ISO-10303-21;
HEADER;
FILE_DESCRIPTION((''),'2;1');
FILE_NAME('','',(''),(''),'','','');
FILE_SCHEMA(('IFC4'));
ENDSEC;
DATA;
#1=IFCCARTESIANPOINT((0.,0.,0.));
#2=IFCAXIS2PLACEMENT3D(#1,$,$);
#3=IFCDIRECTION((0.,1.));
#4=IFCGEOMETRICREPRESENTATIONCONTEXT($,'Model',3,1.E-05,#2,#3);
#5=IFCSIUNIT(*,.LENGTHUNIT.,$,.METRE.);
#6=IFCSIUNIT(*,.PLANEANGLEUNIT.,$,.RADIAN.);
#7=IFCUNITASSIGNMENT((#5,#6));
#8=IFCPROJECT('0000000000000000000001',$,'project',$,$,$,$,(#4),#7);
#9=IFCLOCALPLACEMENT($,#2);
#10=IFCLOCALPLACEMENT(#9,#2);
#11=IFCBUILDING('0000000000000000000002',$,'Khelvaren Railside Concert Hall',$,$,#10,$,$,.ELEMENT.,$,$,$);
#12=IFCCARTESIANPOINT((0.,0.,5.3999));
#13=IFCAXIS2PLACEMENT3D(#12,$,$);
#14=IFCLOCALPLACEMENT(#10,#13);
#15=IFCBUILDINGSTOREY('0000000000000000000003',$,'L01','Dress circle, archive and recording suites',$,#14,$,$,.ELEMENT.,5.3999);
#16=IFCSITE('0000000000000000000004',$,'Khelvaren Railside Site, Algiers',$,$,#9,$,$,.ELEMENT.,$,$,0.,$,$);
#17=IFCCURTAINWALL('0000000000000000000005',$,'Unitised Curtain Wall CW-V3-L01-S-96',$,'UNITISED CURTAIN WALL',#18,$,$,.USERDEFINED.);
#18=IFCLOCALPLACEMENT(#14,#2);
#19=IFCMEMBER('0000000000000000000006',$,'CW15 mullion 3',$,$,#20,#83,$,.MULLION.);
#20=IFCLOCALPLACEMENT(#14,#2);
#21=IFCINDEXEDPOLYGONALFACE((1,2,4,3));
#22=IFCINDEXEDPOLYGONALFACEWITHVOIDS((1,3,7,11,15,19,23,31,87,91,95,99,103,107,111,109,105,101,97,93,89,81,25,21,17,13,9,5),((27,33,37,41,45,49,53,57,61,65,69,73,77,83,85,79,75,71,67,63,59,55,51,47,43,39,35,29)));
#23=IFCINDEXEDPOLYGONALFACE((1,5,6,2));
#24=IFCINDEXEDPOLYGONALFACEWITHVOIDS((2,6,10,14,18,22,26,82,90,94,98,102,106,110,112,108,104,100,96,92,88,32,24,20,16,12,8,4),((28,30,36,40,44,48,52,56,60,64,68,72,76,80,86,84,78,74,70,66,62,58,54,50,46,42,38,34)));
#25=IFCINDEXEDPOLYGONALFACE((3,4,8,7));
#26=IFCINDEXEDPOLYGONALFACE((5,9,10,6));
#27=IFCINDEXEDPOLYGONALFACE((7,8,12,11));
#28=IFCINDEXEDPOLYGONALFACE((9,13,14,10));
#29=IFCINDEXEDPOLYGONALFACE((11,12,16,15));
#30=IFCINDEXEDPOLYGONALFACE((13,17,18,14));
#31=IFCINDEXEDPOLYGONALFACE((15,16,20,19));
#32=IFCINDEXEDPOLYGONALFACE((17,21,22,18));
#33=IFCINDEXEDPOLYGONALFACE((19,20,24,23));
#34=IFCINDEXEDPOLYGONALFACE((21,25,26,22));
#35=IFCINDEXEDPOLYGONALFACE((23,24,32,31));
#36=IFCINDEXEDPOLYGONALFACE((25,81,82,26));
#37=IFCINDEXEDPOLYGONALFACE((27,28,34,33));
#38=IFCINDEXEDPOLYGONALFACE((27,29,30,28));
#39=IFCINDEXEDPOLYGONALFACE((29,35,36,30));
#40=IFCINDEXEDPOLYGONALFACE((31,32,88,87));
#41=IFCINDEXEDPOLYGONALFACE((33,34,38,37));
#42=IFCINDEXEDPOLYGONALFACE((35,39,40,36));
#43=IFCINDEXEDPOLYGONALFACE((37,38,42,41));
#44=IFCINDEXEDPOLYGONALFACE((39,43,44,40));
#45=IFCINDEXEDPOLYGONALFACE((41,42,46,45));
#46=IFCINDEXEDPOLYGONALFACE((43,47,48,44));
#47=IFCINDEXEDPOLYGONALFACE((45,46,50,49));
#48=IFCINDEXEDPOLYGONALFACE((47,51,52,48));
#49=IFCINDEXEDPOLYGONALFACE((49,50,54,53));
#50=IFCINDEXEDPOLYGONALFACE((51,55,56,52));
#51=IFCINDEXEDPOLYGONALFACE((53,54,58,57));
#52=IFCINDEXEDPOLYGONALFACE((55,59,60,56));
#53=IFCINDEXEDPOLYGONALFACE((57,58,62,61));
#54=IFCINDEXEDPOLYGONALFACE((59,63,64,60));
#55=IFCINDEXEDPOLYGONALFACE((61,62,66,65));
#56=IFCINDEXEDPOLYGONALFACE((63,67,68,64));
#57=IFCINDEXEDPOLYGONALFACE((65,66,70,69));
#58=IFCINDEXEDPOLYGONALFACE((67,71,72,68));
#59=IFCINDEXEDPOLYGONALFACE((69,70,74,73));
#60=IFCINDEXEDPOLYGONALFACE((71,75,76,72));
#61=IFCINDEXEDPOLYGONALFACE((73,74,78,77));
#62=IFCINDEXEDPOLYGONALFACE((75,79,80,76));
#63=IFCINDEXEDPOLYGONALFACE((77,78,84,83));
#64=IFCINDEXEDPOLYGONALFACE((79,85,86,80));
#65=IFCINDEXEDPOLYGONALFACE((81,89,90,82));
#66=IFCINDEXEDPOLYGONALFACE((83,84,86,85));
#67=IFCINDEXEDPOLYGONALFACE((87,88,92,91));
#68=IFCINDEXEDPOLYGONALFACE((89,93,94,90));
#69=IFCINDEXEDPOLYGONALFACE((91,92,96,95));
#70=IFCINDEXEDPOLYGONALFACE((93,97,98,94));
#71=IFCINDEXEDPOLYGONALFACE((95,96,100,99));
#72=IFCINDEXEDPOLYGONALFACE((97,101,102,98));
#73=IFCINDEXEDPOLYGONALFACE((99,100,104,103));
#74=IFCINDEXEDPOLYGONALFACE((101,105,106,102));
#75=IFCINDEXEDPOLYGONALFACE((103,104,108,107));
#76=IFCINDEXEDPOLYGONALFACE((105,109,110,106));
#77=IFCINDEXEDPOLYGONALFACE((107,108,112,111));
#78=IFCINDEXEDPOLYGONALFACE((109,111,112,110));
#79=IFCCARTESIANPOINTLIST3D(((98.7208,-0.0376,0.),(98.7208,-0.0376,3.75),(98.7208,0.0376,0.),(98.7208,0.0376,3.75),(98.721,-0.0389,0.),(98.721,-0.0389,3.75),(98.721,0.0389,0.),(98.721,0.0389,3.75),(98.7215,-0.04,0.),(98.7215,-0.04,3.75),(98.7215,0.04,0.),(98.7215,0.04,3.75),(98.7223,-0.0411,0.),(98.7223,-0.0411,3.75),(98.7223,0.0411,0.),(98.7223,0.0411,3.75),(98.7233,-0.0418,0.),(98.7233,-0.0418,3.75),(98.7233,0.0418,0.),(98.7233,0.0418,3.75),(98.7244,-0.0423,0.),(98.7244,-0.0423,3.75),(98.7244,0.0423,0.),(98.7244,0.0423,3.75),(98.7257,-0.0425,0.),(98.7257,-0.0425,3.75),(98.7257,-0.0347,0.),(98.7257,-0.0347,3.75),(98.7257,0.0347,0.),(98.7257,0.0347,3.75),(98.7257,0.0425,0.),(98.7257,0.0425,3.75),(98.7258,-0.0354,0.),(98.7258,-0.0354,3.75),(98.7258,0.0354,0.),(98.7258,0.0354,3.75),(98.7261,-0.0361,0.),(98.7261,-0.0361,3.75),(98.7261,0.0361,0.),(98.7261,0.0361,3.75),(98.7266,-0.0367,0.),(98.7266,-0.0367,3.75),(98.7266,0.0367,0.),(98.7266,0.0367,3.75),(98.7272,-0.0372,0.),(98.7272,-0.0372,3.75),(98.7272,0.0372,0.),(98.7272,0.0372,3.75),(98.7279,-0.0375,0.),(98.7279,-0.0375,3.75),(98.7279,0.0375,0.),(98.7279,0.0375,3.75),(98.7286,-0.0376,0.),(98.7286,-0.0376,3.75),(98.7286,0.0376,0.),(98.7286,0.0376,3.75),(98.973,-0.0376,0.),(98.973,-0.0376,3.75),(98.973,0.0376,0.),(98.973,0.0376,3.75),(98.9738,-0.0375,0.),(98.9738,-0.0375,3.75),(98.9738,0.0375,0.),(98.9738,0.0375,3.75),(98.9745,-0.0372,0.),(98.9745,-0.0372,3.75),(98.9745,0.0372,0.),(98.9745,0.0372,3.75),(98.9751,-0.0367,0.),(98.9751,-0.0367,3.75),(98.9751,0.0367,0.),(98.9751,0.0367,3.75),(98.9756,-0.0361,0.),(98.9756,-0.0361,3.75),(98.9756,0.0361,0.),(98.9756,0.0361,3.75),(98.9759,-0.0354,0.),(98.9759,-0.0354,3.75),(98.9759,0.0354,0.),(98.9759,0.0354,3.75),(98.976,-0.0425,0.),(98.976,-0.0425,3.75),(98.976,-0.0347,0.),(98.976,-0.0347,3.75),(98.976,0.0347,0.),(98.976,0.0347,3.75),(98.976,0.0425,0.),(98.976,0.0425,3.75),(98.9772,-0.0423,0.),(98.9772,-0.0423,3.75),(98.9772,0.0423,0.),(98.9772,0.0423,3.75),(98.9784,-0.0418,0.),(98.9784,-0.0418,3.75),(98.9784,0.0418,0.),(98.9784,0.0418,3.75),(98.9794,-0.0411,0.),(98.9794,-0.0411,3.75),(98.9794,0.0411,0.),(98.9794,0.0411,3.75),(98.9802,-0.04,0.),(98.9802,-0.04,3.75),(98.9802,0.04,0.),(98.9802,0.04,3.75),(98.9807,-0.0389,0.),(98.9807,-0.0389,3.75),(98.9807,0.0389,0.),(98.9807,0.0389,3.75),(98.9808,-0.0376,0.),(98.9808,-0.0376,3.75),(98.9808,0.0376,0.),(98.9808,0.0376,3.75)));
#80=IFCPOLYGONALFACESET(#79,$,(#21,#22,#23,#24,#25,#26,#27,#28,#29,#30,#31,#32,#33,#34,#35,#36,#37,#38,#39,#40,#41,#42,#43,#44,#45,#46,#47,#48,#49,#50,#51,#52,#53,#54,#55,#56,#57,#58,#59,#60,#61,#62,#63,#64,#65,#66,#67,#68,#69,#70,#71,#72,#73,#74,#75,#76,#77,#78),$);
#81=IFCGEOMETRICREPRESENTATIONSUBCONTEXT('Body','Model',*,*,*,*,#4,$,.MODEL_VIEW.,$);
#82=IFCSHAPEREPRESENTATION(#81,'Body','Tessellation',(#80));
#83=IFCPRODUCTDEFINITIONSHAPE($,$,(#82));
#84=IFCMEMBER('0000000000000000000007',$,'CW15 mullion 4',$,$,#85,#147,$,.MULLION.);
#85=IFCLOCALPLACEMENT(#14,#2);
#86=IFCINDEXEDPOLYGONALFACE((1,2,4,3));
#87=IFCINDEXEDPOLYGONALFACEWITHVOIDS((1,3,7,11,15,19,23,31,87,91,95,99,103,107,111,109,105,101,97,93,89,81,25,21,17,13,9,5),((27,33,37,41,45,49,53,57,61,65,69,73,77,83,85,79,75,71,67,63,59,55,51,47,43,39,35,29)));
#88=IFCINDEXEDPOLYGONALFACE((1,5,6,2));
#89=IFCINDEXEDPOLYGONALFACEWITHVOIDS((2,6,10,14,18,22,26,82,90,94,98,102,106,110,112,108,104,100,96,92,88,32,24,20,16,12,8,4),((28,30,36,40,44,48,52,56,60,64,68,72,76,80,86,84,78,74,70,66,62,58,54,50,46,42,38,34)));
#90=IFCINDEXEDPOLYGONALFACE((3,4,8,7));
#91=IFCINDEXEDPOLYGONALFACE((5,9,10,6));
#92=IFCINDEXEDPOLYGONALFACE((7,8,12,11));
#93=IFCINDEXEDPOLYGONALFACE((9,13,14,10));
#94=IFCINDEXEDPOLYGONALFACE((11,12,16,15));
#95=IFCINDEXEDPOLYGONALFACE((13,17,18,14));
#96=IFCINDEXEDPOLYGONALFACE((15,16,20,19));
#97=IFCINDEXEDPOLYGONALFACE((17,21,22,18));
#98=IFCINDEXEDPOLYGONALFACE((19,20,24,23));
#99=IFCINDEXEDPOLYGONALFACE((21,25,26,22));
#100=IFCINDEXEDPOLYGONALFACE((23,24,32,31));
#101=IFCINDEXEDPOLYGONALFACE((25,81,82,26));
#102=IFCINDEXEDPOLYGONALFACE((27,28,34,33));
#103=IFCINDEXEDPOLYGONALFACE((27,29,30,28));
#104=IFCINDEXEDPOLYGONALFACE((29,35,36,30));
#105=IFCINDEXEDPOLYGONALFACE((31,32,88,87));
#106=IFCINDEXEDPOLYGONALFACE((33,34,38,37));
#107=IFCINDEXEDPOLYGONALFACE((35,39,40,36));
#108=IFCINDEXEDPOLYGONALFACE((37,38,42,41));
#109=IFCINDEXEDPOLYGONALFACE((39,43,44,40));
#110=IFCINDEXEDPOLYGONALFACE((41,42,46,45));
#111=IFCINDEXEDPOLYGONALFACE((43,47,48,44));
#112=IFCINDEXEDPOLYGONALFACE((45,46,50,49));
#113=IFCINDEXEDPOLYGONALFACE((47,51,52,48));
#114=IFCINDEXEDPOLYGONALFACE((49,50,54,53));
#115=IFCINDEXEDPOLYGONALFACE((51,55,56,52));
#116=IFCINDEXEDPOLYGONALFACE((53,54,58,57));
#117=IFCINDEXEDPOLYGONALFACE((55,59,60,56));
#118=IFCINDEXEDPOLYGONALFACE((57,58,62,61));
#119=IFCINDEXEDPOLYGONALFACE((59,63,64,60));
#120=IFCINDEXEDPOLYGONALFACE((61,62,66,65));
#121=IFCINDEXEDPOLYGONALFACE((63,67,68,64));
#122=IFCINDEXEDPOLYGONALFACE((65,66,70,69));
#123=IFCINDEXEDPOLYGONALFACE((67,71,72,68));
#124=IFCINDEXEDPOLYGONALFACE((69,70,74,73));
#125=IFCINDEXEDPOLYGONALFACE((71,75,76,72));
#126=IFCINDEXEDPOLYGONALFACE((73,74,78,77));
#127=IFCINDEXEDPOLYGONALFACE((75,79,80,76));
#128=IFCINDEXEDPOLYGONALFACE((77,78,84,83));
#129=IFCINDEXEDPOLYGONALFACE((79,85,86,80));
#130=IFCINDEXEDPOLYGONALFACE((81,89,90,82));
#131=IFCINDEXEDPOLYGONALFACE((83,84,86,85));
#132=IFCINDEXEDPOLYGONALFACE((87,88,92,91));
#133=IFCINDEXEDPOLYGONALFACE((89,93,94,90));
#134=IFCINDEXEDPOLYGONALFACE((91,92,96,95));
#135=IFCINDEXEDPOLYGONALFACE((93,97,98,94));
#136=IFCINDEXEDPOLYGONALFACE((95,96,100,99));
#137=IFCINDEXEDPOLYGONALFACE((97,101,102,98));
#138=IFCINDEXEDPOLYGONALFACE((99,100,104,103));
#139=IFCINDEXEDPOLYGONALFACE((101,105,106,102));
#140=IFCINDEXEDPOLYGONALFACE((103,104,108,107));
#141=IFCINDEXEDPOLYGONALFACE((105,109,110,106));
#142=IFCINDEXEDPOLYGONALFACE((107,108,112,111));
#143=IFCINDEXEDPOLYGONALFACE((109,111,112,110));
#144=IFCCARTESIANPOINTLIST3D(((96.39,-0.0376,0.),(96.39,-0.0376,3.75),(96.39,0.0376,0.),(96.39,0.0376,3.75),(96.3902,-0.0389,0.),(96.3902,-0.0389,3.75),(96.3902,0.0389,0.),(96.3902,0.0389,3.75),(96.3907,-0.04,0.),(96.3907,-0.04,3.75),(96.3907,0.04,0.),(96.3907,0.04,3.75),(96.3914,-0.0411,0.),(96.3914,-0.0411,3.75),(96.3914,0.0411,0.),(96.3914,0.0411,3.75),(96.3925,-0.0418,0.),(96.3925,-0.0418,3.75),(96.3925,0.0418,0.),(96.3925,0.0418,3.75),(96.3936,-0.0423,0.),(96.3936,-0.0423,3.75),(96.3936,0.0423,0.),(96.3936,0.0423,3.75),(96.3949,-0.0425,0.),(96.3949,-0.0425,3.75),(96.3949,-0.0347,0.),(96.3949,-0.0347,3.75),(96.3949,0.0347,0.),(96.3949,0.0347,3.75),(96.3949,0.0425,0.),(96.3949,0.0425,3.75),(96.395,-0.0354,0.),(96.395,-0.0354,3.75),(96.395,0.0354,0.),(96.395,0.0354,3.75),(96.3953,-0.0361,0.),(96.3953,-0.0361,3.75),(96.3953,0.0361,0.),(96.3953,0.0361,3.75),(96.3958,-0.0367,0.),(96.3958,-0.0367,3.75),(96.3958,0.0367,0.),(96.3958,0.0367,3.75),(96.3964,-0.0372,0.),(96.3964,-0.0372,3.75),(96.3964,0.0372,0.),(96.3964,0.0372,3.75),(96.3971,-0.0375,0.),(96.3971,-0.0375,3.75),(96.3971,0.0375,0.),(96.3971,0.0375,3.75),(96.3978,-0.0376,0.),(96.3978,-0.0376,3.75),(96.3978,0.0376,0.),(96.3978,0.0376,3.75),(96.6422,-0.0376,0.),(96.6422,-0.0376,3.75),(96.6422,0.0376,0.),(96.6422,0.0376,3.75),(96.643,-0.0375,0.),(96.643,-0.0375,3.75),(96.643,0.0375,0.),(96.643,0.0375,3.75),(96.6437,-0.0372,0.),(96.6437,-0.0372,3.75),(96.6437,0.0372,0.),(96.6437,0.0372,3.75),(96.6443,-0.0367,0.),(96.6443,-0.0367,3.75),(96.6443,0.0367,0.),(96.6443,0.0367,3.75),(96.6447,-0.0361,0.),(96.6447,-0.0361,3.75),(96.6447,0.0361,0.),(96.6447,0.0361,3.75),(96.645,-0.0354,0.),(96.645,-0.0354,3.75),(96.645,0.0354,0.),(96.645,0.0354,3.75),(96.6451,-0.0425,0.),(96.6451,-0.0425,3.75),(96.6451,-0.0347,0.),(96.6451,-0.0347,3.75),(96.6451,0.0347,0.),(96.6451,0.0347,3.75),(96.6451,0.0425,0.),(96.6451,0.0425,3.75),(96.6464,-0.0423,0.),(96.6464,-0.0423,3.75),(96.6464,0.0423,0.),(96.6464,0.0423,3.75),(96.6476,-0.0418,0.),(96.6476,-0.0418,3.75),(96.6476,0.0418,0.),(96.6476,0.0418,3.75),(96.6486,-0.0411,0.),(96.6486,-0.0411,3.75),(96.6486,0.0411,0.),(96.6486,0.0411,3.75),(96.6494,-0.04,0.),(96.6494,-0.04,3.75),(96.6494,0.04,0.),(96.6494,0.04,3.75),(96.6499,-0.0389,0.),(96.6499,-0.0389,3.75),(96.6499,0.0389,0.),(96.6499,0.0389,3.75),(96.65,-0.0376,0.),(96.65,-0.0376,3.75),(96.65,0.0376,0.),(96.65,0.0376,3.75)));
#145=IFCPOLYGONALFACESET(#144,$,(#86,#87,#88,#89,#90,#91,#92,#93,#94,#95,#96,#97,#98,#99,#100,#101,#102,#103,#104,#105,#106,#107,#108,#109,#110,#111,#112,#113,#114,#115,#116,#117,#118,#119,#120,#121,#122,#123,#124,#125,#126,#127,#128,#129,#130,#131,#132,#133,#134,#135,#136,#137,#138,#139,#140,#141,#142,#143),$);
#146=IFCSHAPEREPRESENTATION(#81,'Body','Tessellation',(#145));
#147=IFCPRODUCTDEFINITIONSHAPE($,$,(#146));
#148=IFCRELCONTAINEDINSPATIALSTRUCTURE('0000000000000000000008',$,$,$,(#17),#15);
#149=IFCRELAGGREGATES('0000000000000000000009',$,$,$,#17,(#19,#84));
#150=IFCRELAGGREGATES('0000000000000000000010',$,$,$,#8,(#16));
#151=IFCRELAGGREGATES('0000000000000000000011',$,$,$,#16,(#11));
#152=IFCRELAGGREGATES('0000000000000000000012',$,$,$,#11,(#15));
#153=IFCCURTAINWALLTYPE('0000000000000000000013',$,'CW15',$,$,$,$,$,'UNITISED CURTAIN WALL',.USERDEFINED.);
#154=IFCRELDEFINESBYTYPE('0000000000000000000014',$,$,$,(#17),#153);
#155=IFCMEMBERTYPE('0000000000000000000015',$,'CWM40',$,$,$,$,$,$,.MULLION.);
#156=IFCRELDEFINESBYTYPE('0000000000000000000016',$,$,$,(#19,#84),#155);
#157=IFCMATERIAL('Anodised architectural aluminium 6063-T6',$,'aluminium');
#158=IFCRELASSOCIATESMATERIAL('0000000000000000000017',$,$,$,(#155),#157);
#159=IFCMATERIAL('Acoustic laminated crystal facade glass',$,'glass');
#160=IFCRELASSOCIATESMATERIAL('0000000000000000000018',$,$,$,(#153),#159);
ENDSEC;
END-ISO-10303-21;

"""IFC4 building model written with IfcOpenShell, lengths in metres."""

from ifc_helpers import new_model, si_unit, direction, frame, origin, origin_2d, place, context, subcontext, project, spatial, hollow_rectangle, extrude, material, material_profile, profile_set, type_object, element, aggregate, save


model = new_model("IFC4")

# Units and contexts
model_context = context("Model", 3, precision=1e-05, world=origin(), true_north=direction((0.0, 1.0)))
body_context = subcontext(model_context, "Body", "Model", "MODEL_VIEW")
ifc_project = project(units=[si_unit("LENGTHUNIT", "METRE"), si_unit("PLANEANGLEUNIT", "RADIAN")], contexts=[model_context])

# Site, building, storey
site_placement = place(None, origin())
site = spatial("IfcSite", under=ifc_project, at=site_placement, Name="Khelvaren Railside Site, Algiers", CompositionType="ELEMENT", RefElevation=0.0)
building_placement = place(site_placement, origin())
building = spatial("IfcBuilding", under=site, at=building_placement, Name="Khelvaren Railside Concert Hall", CompositionType="ELEMENT")
storey_placement = place(building_placement, frame((0.0, 0.0, 5.3999)))
storey = spatial("IfcBuildingStorey", under=building, at=storey_placement, Name="L01", Description="Dress circle, archive and recording suites", CompositionType="ELEMENT", Elevation=5.3999)

# Curtain wall, members
ifc_material_1 = material(Name="Acoustic laminated crystal facade glass", Category="glass")
ifc_material_2 = material(Name="Anodised architectural aluminium 6063-T6", Category="aluminium")
ifc_material_profile_1 = material_profile(ifc_material_2, hollow_rectangle(XDim=0.085, YDim=0.26, WallThickness=0.0049, InnerFilletRadius=0.0029, OuterFilletRadius=0.0049, at=origin_2d()), Name="CWM 85x260x5")
ifc_profile_set_1 = profile_set([ifc_material_profile_1], Name="Anodised architectural aluminium 6063-T6")
member_type_1 = type_object("IfcMemberType", Name="CWM40", PredefinedType="MULLION", material=ifc_profile_set_1)
curtain_wall_type_1 = type_object("IfcCurtainWallType", Name="CW15", ElementType="UNITISED CURTAIN WALL", PredefinedType="USERDEFINED", material=ifc_material_1)
curtain_wall_1_placement = place(storey_placement, origin())
curtain_wall_1 = element("IfcCurtainWall", 1, at=curtain_wall_1_placement, inside=storey, type_object=curtain_wall_type_1, Name="Unitised Curtain Wall CW-V3-L01-S-96", ObjectType="UNITISED CURTAIN WALL", PredefinedType="USERDEFINED")
member_1_placement = place(storey_placement, frame((98.8508, 0.0, 0.0), z_axis=(0.0, 0.0, 1.0), x_axis=(0.0, -1.0, 0.0)))
member_1 = element("IfcMember", 2, at=member_1_placement, type_object=member_type_1, Name="CW15 mullion 3", PredefinedType="MULLION", context=body_context, shape_type="SweptSolid", body=[
    extrude(hollow_rectangle(XDim=0.085, YDim=0.26, WallThickness=0.0049, InnerFilletRadius=0.0029, OuterFilletRadius=0.0049, at=origin_2d()), origin(), (0.0, 0.0, 1.0), 3.75),
])
member_2_placement = place(storey_placement, frame((96.52, 0.0, 0.0), z_axis=(0.0, 0.0, 1.0), x_axis=(0.0, -1.0, 0.0)))
member_2 = element("IfcMember", 3, at=member_2_placement, type_object=member_type_1, Name="CW15 mullion 4", PredefinedType="MULLION", context=body_context, shape_type="SweptSolid", body=[
    extrude(hollow_rectangle(XDim=0.085, YDim=0.26, WallThickness=0.0049, InnerFilletRadius=0.0029, OuterFilletRadius=0.0049, at=origin_2d()), origin(), (0.0, 0.0, 1.0), 3.75),
])

aggregate(curtain_wall_1, [member_1, member_2])

save(model, "model.ifc")
